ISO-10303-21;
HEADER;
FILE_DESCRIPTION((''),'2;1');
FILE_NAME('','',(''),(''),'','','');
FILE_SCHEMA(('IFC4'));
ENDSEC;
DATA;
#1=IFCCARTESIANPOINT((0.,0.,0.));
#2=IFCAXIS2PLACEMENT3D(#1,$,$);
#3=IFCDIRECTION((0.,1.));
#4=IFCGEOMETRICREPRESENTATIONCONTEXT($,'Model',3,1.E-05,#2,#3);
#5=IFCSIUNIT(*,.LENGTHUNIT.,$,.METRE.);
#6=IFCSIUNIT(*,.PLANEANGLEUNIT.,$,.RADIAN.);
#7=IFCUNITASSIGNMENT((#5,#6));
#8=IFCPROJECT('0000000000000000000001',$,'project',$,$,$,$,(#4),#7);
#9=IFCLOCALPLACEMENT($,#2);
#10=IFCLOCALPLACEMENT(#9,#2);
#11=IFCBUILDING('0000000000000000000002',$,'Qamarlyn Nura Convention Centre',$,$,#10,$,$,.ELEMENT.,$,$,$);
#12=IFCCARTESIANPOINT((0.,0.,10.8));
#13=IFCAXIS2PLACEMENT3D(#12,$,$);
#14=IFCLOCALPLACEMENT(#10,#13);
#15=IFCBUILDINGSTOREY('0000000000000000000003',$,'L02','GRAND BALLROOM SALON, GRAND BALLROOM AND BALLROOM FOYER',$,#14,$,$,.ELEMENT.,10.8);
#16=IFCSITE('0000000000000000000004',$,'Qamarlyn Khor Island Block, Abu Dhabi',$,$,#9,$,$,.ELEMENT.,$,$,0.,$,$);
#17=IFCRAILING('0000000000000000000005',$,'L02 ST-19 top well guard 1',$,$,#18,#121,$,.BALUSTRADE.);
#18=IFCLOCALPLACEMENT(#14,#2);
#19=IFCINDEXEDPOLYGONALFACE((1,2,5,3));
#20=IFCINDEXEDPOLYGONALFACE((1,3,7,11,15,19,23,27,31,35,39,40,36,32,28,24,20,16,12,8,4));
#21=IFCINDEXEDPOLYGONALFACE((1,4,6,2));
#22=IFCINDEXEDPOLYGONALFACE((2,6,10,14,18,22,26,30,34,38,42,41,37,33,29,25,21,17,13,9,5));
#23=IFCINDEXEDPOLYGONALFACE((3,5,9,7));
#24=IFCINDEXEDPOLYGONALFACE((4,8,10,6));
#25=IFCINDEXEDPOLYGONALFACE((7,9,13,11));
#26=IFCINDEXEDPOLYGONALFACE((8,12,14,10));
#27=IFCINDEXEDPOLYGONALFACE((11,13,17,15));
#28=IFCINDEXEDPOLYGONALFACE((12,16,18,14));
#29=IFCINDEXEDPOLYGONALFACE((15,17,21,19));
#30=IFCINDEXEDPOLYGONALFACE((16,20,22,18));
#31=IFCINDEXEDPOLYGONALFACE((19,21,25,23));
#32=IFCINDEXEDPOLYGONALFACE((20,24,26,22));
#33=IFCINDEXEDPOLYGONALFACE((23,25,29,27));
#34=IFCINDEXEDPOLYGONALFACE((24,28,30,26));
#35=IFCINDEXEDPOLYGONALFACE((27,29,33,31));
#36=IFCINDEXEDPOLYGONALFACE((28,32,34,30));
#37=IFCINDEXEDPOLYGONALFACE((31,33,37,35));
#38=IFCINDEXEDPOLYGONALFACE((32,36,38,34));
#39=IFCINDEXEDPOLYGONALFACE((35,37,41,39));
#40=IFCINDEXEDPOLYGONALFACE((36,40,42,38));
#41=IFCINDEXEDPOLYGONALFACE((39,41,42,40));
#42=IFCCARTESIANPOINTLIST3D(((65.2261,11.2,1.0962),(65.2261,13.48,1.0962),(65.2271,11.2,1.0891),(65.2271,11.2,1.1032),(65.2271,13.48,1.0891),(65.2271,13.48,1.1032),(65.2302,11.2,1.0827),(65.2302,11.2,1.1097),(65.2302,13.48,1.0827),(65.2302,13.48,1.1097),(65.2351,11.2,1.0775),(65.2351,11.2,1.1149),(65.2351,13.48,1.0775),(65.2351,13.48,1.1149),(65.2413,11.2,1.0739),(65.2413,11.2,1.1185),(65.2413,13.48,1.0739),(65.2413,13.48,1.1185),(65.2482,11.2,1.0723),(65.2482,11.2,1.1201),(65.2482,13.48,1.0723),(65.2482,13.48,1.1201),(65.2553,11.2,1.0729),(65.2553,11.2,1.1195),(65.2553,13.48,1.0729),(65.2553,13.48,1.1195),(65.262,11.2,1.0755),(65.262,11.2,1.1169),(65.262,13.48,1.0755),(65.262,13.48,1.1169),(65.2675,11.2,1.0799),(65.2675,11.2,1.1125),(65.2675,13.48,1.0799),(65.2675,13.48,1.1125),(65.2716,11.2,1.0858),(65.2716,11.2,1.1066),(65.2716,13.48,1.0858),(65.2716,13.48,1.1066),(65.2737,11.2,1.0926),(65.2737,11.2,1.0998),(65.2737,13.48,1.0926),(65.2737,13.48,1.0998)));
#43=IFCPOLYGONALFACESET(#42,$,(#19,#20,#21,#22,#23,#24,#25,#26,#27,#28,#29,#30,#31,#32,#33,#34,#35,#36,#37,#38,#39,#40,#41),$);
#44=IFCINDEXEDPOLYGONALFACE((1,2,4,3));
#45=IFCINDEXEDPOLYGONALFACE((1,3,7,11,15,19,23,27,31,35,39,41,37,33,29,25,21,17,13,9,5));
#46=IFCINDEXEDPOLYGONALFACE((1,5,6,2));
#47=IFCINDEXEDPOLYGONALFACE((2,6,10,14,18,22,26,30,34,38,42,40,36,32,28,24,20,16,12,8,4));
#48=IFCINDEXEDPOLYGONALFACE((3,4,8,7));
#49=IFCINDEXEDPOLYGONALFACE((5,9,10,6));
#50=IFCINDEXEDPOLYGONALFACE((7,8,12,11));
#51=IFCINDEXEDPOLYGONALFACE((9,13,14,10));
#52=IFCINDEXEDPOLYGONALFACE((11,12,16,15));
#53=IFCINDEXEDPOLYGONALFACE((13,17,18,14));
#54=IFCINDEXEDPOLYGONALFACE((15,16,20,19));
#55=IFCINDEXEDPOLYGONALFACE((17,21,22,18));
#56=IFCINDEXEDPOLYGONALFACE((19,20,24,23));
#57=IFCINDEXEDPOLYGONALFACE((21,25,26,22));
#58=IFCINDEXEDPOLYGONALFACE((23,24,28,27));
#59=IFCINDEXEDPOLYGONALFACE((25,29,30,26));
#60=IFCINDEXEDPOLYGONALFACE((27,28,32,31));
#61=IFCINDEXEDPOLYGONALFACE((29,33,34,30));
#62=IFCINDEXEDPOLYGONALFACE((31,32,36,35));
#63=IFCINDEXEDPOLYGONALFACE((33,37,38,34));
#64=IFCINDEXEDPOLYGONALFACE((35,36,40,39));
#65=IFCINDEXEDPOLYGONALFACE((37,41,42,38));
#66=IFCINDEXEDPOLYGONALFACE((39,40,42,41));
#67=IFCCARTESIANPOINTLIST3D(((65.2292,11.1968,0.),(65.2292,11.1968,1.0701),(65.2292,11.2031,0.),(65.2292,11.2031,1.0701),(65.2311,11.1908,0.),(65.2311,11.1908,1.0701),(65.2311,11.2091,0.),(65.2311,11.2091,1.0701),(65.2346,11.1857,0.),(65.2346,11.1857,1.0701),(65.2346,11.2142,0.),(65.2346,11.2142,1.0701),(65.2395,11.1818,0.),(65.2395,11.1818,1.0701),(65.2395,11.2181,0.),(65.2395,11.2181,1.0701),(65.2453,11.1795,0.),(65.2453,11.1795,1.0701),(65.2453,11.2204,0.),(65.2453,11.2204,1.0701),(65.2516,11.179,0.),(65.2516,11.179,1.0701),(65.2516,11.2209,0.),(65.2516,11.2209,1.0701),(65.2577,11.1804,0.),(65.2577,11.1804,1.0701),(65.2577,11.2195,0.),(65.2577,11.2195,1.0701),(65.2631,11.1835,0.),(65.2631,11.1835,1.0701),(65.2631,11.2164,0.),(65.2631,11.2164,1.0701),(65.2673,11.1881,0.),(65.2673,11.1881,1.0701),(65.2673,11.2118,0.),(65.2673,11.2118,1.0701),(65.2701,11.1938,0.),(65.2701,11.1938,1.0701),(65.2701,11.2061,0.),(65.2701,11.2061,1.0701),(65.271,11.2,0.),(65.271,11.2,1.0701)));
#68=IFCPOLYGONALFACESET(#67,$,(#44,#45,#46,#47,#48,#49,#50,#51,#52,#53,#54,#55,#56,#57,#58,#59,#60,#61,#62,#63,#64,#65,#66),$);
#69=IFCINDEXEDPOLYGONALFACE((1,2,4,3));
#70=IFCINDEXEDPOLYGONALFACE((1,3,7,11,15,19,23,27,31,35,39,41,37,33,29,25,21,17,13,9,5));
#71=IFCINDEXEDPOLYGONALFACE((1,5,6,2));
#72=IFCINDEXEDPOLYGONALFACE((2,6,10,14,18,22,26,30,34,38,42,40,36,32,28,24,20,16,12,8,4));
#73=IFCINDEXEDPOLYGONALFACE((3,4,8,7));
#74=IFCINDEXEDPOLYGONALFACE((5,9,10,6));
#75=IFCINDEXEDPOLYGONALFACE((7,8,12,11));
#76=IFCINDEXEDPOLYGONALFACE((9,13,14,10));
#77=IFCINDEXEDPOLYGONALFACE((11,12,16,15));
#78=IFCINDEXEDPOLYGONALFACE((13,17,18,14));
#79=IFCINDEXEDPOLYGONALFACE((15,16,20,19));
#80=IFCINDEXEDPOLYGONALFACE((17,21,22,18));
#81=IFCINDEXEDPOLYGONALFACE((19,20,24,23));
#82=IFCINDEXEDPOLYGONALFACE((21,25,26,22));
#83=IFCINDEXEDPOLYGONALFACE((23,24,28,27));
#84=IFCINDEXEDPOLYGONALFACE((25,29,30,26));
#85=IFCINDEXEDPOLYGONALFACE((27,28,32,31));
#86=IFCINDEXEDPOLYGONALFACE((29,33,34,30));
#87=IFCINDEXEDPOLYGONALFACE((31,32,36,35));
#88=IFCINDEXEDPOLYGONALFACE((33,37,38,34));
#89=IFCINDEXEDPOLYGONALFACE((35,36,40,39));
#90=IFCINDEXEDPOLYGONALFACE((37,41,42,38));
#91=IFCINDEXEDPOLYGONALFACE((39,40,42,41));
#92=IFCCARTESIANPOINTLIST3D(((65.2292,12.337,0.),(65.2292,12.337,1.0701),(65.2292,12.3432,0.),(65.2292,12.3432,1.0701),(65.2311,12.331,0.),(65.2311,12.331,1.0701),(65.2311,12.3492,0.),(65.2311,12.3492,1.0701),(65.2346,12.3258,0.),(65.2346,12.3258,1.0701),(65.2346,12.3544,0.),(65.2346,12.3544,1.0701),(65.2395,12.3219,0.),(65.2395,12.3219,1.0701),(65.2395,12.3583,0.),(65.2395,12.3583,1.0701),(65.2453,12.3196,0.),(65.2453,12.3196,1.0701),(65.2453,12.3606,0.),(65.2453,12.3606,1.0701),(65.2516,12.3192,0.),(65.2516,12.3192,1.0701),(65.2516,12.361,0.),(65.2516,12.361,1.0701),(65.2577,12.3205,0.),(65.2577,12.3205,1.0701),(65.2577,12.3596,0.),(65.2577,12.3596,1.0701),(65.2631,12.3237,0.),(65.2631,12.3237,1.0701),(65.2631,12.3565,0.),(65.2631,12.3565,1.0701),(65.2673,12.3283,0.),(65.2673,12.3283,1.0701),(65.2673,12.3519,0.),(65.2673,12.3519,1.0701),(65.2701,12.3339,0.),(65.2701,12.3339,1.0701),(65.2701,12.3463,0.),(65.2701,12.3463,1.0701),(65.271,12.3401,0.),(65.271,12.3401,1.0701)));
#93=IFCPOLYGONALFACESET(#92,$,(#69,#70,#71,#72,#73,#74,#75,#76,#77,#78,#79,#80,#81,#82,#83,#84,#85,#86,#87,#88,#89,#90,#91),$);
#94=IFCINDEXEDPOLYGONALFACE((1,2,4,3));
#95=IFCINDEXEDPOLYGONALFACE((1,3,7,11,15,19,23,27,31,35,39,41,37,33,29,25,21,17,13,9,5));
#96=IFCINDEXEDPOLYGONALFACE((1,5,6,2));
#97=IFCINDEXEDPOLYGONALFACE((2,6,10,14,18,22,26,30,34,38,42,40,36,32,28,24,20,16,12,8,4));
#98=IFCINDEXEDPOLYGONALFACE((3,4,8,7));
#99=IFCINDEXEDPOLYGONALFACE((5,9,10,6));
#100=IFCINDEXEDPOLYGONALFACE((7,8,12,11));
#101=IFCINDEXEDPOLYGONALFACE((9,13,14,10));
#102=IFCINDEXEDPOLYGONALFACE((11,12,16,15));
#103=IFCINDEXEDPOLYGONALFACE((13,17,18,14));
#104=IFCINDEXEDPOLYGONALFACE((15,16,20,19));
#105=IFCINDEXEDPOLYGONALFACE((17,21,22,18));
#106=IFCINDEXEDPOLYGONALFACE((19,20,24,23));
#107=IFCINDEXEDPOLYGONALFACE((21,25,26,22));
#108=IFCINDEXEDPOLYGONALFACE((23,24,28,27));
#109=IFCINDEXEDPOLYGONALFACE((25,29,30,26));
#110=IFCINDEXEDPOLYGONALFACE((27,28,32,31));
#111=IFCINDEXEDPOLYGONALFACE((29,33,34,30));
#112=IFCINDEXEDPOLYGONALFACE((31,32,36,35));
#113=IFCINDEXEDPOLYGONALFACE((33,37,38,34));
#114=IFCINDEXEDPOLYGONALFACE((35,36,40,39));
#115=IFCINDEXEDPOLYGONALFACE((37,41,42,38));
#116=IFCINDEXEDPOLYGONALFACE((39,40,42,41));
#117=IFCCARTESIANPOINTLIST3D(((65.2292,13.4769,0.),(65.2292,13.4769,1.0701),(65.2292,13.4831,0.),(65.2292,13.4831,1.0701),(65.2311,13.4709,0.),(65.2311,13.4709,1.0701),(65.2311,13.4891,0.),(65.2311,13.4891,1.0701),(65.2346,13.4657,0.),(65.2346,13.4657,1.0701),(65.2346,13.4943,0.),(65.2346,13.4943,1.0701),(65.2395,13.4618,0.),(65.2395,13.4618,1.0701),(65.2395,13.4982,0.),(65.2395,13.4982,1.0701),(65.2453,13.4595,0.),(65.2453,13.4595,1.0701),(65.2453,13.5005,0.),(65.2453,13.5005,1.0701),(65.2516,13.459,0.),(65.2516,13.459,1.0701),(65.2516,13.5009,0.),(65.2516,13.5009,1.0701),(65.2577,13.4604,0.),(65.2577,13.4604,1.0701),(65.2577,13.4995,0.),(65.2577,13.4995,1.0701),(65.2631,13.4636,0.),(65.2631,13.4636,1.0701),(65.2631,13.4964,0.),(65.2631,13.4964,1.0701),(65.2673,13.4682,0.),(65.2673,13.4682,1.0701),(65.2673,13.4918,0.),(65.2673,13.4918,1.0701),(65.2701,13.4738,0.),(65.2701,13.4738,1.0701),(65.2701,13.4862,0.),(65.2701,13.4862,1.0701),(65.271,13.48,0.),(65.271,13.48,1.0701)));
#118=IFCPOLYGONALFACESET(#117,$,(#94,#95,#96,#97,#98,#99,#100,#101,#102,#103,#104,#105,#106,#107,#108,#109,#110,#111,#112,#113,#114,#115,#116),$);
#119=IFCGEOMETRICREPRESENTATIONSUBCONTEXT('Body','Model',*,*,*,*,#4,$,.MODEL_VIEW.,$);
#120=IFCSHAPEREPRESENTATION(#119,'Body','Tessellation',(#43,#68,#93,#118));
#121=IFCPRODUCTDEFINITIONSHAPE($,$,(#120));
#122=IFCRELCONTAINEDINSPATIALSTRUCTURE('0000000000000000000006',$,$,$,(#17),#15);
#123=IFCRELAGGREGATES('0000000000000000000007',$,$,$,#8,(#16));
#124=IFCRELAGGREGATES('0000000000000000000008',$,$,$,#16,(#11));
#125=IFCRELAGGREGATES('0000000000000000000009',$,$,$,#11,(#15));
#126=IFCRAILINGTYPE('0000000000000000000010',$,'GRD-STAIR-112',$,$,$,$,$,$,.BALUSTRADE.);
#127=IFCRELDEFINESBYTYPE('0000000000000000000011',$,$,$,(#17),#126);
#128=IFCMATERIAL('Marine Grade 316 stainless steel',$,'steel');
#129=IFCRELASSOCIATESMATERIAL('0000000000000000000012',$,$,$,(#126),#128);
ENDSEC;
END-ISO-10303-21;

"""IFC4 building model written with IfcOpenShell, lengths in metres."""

from ifc_helpers import new_model, si_unit, direction, frame, origin, origin_2d, place, context, subcontext, project, spatial, circle, extrude, material, type_object, element, save


model = new_model("IFC4")

# Units and contexts
model_context = context("Model", 3, precision=1e-05, world=origin(), true_north=direction((0.0, 1.0)))
body_context = subcontext(model_context, "Body", "Model", "MODEL_VIEW")
ifc_project = project(units=[si_unit("LENGTHUNIT", "METRE"), si_unit("PLANEANGLEUNIT", "RADIAN")], contexts=[model_context])

# Site, building, storey
site_placement = place(None, origin())
site = spatial("IfcSite", under=ifc_project, at=site_placement, Name="Qamarlyn Khor Island Block, Abu Dhabi", CompositionType="ELEMENT", RefElevation=0.0)
building_placement = place(site_placement, origin())
building = spatial("IfcBuilding", under=site, at=building_placement, Name="Qamarlyn Nura Convention Centre", CompositionType="ELEMENT")
storey_placement = place(building_placement, frame((0.0, 0.0, 10.8)))
storey = spatial("IfcBuildingStorey", under=building, at=storey_placement, Name="L02", Description="GRAND BALLROOM SALON, GRAND BALLROOM AND BALLROOM FOYER", CompositionType="ELEMENT", Elevation=10.8)

# Railing
ifc_material_1 = material(Name="Marine Grade 316 stainless steel", Category="steel")
railing_type = type_object("IfcRailingType", Name="GRD-STAIR-112", PredefinedType="BALUSTRADE", material=ifc_material_1)
railing_1_placement = place(storey_placement, frame((65.25, 11.2, 0.0)))
element("IfcRailing", 1, at=railing_1_placement, inside=storey, type_object=railing_type, Name="L02 ST-19 top well guard 1", PredefinedType="BALUSTRADE", context=body_context, shape_type="SweptSolid", body=[
    extrude(circle(Radius=0.0239, at=origin_2d()), frame((0.0, 0.0, 1.0962), z_axis=(0.0, 1.0, 0.0), x_axis=(-1.0, 0.0, 0.0)), (0.0, 0.0, 1.0), 2.28),
    extrude(circle(Radius=0.021, at=origin_2d()), origin(), (0.0, 0.0, 1.0), 1.0701),
    extrude(circle(Radius=0.021, at=origin_2d()), frame((0.0, 1.1401, 0.0)), (0.0, 0.0, 1.0), 1.0701),
    extrude(circle(Radius=0.021, at=origin_2d()), frame((0.0, 2.28, 0.0)), (0.0, 0.0, 1.0), 1.0701),
])

save(model, "model.ifc")
